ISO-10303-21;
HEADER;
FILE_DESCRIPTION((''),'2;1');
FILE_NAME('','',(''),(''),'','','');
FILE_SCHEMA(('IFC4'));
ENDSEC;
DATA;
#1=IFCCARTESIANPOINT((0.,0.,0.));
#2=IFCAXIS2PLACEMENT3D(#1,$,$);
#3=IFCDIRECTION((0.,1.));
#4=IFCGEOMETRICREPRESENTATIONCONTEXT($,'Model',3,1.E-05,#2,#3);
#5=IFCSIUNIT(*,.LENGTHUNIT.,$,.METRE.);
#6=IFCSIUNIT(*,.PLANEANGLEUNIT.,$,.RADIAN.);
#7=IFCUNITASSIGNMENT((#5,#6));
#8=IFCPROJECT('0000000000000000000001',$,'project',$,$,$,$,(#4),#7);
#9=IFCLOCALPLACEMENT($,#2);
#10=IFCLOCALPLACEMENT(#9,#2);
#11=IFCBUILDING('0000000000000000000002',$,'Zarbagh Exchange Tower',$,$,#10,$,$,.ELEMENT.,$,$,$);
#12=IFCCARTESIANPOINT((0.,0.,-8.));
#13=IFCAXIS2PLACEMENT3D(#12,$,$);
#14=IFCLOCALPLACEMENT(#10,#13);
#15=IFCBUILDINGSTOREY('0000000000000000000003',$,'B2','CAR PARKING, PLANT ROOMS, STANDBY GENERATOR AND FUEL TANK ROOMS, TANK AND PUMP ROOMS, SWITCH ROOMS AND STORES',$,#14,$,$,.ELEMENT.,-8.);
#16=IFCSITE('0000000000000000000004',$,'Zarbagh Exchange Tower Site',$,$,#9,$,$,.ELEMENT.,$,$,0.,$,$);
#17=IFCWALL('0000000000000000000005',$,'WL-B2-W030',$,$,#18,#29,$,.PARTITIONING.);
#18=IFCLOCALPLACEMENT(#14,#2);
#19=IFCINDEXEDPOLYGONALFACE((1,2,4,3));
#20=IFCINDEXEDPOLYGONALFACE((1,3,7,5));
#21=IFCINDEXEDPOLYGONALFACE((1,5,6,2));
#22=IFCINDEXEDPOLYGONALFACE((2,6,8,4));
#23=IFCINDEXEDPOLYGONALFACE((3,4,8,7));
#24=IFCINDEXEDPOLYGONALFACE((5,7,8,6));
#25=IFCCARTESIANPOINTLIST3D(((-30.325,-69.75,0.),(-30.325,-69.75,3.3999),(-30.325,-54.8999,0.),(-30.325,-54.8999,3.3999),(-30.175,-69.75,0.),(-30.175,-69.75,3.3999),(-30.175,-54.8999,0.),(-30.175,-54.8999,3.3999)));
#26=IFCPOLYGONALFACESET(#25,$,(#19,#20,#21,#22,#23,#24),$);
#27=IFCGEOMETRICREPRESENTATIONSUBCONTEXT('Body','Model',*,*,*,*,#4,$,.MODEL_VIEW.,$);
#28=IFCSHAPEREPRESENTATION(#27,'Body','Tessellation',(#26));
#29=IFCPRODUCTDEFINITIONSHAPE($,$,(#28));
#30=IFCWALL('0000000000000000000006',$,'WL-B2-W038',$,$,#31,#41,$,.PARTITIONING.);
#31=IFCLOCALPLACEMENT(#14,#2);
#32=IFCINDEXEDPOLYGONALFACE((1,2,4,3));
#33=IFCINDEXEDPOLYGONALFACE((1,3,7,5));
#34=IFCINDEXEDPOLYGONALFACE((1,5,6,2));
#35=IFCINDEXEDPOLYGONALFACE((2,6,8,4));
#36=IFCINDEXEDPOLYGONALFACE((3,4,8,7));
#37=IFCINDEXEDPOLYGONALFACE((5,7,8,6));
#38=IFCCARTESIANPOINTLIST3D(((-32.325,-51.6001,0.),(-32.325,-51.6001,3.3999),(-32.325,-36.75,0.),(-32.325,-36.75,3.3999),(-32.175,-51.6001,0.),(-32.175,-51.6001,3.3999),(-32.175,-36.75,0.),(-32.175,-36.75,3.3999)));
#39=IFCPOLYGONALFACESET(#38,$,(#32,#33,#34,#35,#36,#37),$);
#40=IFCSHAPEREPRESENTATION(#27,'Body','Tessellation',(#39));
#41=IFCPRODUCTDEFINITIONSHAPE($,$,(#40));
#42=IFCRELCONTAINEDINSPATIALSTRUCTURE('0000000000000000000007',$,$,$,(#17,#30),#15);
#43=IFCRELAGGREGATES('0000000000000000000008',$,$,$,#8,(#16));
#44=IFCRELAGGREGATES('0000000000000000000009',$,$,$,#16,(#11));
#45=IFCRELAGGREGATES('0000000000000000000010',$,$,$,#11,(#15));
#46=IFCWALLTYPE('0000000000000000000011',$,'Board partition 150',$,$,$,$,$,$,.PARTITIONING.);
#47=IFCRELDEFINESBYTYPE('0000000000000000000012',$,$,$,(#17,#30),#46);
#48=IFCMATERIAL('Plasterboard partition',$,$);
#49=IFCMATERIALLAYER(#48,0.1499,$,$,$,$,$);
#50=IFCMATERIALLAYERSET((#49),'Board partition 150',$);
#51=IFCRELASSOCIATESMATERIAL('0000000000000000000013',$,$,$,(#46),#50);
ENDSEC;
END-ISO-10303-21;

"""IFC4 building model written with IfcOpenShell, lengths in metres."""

from ifc_helpers import new_model, si_unit, direction, frame, frame_2d, origin, place, context, subcontext, project, spatial, rectangle, extrude, material, layer, layer_set, type_object, element, save


model = new_model("IFC4")

# Units and contexts
model_context = context("Model", 3, precision=1e-05, world=origin(), true_north=direction((0.0, 1.0)))
body_context = subcontext(model_context, "Body", "Model", "MODEL_VIEW")
ifc_project = project(units=[si_unit("LENGTHUNIT", "METRE"), si_unit("PLANEANGLEUNIT", "RADIAN")], contexts=[model_context])

# Site, building, storey
site_placement = place(None, origin())
site = spatial("IfcSite", under=ifc_project, at=site_placement, Name="Zarbagh Exchange Tower Site", CompositionType="ELEMENT", RefElevation=0.0)
building_placement = place(site_placement, origin())
building = spatial("IfcBuilding", under=site, at=building_placement, Name="Zarbagh Exchange Tower", CompositionType="ELEMENT")
storey_placement = place(building_placement, frame((0.0, 0.0, -8.0)))
storey = spatial("IfcBuildingStorey", under=building, at=storey_placement, Name="B2", Description="CAR PARKING, PLANT ROOMS, STANDBY GENERATOR AND FUEL TANK ROOMS, TANK AND PUMP ROOMS, SWITCH ROOMS AND STORES", CompositionType="ELEMENT", Elevation=-8.0)

# Shared definitions
ifc_material_1 = material(Name="Plasterboard partition")
ifc_layer_1 = layer(ifc_material_1, 0.1499)
ifc_layer_set_1 = layer_set([ifc_layer_1], Name="Board partition 150")
wall_type = type_object("IfcWallType", Name="Board partition 150", PredefinedType="PARTITIONING", material=ifc_layer_set_1)

# Walls
for number, where, z_axis, x_axis, name in (
    (1, (-30.25, -54.8999, 0.0), (0.0, 0.0, 1.0), (0.0, -1.0, 0.0), "WL-B2-W030"),
    (2, (-32.25, -36.75, 0.0), (0.0, 0.0, 1.0), (0.0, -1.0, 0.0), "WL-B2-W038"),
):
    element("IfcWall", number, at=place(storey_placement, frame(where, z_axis=z_axis, x_axis=x_axis)), inside=storey, type_object=wall_type, Name=name, PredefinedType="PARTITIONING", context=body_context, shape_type="SweptSolid", body=[
        extrude(rectangle(XDim=14.8501, YDim=0.1499, at=frame_2d((7.425, 0.0))), origin(), (0.0, 0.0, 1.0), 3.3999),
    ])

save(model, "model.ifc")
